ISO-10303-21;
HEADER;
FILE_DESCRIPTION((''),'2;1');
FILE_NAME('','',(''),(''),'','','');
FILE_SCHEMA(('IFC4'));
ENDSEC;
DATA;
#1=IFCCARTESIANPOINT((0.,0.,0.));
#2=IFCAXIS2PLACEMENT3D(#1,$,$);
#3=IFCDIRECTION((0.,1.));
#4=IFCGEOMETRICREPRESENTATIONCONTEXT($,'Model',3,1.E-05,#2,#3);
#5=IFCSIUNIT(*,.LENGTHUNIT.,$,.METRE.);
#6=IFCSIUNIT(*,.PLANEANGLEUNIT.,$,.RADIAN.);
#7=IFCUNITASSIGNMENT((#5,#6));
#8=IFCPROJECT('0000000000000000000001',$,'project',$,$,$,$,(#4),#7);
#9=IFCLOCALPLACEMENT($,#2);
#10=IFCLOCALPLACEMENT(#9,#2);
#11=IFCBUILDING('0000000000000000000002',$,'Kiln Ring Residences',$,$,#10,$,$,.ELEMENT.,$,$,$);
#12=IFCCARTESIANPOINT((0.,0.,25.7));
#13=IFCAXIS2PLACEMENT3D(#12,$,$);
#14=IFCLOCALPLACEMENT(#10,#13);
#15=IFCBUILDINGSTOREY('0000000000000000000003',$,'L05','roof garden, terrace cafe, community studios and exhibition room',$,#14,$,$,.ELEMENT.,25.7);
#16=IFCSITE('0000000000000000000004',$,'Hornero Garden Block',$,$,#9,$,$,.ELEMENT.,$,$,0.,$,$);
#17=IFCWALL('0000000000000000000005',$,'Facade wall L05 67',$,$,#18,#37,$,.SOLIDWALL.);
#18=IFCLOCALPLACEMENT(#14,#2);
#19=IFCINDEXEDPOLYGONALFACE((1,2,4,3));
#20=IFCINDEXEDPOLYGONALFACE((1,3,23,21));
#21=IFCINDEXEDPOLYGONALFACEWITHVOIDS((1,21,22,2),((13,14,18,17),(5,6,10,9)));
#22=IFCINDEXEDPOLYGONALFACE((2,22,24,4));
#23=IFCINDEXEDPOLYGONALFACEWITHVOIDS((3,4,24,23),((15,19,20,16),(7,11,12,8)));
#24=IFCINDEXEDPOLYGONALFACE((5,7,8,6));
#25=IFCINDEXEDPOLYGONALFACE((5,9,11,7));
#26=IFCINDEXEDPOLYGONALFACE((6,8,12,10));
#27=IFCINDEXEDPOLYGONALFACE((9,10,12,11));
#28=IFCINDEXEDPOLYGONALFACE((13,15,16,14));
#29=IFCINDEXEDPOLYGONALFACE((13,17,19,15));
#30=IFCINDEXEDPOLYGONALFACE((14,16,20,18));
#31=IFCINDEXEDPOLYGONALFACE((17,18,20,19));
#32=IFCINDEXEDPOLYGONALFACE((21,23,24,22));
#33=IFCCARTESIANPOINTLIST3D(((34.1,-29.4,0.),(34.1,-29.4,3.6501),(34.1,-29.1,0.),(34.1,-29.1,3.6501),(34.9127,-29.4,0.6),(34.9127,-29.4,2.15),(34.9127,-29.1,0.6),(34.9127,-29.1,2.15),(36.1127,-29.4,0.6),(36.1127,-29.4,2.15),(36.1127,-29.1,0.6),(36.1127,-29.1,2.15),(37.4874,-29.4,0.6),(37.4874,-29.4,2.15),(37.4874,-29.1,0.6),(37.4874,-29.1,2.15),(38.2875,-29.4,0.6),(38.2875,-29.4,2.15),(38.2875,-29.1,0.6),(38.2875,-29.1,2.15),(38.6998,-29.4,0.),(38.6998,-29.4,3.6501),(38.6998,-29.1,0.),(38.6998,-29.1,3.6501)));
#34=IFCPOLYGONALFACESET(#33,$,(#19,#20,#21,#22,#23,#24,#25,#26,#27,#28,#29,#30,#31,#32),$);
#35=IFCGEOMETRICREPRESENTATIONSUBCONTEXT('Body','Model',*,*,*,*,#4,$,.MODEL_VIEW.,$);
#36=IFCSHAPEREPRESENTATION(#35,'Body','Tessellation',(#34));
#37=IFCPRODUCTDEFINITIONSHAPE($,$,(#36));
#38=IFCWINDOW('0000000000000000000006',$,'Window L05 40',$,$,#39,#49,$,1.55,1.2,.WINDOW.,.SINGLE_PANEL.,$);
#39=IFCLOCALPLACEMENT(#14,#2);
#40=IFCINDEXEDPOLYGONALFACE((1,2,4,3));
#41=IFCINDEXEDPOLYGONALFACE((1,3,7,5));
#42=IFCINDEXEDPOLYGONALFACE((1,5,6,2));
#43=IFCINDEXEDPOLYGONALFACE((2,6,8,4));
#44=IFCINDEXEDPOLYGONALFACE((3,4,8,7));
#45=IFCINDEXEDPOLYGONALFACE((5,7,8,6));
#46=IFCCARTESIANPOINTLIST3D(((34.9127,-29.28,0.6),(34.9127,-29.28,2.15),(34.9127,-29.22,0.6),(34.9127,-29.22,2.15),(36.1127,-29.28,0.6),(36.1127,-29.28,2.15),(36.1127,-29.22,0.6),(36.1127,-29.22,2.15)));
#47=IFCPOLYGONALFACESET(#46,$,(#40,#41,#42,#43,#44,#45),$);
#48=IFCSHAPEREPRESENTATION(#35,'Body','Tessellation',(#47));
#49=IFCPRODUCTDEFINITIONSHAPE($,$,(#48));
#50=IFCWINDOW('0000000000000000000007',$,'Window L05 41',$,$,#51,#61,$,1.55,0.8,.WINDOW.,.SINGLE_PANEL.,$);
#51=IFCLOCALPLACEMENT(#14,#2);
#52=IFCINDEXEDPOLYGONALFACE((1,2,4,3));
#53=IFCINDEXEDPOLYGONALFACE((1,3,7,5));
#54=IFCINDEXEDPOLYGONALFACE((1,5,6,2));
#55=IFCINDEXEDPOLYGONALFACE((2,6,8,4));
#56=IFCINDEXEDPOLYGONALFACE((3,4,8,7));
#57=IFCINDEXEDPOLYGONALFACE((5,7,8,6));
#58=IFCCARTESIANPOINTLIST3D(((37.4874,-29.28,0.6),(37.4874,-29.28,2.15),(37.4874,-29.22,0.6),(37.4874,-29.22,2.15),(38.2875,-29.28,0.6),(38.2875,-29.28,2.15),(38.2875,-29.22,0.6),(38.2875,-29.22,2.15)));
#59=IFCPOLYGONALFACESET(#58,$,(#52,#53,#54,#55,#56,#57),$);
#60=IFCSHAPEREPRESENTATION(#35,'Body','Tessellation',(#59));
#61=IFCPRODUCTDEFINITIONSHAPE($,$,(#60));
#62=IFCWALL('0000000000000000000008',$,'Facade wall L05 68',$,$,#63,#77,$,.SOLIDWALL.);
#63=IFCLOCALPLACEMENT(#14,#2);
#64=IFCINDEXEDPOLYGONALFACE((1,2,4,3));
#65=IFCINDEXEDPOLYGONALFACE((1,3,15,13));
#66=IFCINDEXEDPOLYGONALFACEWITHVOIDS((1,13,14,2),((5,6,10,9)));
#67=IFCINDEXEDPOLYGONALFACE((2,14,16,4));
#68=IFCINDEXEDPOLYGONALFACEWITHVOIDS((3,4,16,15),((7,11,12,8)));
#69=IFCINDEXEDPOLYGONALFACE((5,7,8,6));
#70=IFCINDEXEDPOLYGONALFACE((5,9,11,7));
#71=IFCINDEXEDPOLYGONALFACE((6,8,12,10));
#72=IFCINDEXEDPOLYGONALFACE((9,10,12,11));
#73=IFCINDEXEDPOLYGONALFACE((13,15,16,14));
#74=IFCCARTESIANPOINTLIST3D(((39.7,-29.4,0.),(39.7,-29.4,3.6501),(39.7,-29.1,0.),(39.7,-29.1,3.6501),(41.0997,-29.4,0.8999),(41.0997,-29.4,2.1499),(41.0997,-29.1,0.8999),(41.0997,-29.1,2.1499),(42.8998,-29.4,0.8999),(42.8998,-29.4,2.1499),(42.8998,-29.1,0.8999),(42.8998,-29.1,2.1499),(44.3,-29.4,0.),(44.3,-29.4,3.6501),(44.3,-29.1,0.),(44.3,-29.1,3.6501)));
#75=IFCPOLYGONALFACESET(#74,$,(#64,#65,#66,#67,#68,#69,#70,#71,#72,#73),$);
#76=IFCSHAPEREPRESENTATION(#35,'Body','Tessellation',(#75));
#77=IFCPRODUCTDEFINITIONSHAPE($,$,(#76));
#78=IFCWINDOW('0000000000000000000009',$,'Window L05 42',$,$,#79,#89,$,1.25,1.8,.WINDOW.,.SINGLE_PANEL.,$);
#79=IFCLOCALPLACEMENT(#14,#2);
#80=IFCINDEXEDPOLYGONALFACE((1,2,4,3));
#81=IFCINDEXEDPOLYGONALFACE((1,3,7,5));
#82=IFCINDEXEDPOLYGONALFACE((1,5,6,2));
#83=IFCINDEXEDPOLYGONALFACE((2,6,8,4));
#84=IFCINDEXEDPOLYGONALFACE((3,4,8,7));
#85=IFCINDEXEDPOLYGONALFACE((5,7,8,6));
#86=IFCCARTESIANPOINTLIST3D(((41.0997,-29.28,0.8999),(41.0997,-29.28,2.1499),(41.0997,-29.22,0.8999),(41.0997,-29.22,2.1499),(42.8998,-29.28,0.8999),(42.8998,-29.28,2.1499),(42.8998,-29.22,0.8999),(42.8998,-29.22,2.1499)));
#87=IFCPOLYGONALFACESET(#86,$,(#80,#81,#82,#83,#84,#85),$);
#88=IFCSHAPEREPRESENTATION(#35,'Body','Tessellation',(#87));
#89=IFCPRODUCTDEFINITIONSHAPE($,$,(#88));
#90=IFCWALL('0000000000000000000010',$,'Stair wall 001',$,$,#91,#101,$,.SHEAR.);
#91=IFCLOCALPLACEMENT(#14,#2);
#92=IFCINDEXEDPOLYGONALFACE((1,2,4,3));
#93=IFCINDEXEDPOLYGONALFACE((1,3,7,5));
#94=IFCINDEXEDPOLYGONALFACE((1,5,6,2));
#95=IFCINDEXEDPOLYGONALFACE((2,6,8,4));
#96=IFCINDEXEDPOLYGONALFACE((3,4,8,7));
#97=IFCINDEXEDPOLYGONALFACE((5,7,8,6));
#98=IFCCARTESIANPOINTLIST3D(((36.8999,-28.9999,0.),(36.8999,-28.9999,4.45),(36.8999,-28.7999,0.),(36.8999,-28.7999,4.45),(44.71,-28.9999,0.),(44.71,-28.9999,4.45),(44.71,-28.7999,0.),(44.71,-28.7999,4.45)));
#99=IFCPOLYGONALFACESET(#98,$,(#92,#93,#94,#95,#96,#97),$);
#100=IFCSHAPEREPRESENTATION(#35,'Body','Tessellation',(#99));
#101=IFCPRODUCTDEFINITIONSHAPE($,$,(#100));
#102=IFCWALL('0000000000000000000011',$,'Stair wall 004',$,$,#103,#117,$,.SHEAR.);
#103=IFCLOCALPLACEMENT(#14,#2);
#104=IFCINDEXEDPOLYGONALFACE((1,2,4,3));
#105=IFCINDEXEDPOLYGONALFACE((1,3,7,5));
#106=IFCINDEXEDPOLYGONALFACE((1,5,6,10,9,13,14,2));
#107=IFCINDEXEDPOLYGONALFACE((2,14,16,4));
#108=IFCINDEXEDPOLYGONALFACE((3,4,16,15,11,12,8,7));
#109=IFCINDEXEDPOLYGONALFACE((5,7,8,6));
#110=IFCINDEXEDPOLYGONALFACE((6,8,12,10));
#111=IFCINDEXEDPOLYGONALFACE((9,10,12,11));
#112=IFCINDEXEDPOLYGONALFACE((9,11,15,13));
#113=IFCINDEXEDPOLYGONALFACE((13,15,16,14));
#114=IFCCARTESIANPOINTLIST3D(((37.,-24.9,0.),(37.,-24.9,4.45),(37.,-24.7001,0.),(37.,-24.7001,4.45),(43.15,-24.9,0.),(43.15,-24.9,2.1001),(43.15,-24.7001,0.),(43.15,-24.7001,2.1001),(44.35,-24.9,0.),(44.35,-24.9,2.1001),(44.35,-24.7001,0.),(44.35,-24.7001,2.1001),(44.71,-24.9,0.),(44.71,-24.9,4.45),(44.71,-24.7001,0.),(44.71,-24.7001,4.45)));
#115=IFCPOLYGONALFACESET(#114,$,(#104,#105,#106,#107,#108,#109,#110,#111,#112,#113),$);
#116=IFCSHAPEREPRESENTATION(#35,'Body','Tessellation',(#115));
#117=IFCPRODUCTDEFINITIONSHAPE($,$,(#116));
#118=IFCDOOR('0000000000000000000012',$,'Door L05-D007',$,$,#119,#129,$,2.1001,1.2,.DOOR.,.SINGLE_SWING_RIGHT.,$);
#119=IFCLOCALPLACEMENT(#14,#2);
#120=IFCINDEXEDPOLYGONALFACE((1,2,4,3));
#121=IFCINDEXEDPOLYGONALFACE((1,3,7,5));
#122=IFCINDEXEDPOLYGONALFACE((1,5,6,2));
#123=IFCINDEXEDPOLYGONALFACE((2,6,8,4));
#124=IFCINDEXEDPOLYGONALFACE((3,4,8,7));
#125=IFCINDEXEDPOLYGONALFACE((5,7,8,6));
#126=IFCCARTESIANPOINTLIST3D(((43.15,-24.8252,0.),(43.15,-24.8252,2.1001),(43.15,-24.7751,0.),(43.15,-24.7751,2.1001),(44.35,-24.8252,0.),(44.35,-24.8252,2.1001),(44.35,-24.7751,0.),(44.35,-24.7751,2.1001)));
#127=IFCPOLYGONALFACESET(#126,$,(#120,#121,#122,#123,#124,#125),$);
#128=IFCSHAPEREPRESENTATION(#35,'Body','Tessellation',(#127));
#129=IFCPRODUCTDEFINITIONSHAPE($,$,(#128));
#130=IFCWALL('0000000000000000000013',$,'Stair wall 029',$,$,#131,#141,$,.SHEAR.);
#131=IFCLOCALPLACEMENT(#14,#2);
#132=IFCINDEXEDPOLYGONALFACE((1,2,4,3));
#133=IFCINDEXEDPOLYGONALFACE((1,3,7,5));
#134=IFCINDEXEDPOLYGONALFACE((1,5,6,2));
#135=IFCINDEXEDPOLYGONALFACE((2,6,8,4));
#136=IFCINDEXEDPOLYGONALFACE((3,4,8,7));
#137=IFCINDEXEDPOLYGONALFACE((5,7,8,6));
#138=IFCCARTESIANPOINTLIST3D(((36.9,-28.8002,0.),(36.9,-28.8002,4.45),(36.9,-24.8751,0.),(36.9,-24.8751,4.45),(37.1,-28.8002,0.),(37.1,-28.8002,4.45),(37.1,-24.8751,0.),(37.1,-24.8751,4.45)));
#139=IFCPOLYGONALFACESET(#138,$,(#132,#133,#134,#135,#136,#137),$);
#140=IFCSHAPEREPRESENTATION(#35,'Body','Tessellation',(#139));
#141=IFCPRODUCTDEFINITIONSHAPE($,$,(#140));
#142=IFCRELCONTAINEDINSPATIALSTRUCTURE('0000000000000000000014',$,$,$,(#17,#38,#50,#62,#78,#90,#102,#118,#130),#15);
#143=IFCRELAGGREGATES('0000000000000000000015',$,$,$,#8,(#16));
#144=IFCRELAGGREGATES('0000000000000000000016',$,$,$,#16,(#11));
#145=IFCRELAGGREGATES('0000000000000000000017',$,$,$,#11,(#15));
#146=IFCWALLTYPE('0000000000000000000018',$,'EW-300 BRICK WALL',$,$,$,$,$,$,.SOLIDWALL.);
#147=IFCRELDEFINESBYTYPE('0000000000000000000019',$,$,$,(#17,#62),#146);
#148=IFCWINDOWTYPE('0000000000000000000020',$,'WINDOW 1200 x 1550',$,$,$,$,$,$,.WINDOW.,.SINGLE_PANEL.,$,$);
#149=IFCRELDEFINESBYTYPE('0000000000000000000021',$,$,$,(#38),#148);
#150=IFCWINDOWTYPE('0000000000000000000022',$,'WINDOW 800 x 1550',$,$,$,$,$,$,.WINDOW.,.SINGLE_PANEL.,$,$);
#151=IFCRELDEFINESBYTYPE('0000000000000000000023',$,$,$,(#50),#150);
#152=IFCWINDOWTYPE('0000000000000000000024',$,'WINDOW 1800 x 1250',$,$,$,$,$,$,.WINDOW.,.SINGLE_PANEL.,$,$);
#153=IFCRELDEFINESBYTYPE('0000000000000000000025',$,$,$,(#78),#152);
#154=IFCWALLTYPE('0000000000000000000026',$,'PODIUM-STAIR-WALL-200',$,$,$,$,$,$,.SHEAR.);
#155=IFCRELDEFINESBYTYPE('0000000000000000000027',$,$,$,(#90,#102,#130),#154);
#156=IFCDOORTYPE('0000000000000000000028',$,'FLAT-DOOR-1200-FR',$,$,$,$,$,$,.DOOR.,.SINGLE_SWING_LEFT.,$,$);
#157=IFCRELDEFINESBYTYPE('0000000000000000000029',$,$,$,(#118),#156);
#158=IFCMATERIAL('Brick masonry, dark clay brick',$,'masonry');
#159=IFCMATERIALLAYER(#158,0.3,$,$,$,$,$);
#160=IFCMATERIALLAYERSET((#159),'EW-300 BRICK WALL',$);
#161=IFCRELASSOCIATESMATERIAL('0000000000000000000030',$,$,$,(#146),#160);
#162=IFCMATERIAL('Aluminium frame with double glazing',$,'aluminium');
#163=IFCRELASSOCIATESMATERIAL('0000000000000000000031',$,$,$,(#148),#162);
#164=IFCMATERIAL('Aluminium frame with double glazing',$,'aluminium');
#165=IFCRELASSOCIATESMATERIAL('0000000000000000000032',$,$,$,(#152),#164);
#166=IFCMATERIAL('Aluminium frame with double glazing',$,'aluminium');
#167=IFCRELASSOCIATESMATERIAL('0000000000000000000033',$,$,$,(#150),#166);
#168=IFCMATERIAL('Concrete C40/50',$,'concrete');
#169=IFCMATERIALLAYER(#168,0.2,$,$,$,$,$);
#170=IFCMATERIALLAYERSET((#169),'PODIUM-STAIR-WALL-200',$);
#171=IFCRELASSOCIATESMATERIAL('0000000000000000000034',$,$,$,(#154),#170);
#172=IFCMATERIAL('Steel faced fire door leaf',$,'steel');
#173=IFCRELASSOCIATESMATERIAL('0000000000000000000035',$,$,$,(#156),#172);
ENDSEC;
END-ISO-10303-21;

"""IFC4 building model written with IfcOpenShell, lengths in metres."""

from ifc_helpers import new_model, si_unit, direction, frame, frame_2d, origin, place, context, subcontext, project, spatial, rectangle, extrude, material, layer, layer_set, type_object, element, fill, save


model = new_model("IFC4")

# Units and contexts
model_context = context("Model", 3, precision=1e-05, world=origin(), true_north=direction((0.0, 1.0)))
body_context = subcontext(model_context, "Body", "Model", "MODEL_VIEW")
ifc_project = project(units=[si_unit("LENGTHUNIT", "METRE"), si_unit("PLANEANGLEUNIT", "RADIAN")], contexts=[model_context])

# Site, building, storey
site_placement = place(None, origin())
site = spatial("IfcSite", under=ifc_project, at=site_placement, Name="Hornero Garden Block", CompositionType="ELEMENT", RefElevation=0.0)
building_placement = place(site_placement, origin())
building = spatial("IfcBuilding", under=site, at=building_placement, Name="Kiln Ring Residences", CompositionType="ELEMENT")
storey_placement = place(building_placement, frame((0.0, 0.0, 25.7)))
storey = spatial("IfcBuildingStorey", under=building, at=storey_placement, Name="L05", Description="roof garden, terrace cafe, community studios and exhibition room", CompositionType="ELEMENT", Elevation=25.7)

# Shared definitions
ifc_material_1 = material(Name="Brick masonry, dark clay brick", Category="masonry")
ifc_layer_1 = layer(ifc_material_1, 0.3)
ifc_layer_set_1 = layer_set([ifc_layer_1], Name="EW-300 BRICK WALL")
wall_type_1 = type_object("IfcWallType", Name="EW-300 BRICK WALL", PredefinedType="SOLIDWALL", material=ifc_layer_set_1)
ifc_material_2 = material(Name="Aluminium frame with double glazing", Category="aluminium")
window_type_1 = type_object("IfcWindowType", Name="WINDOW 1200 x 1550", PartitioningType="SINGLE_PANEL", PredefinedType="WINDOW", material=ifc_material_2)

# Shared definitions
ifc_material_3 = material(Name="Aluminium frame with double glazing", Category="aluminium")
window_type_2 = type_object("IfcWindowType", Name="WINDOW 1800 x 1250", PartitioningType="SINGLE_PANEL", PredefinedType="WINDOW", material=ifc_material_3)

# Wall, openings, windows
wall_1_placement = place(storey_placement, frame((34.1001, -29.25, 0.0), z_axis=(0.0, 0.0, 1.0), x_axis=(1.0, 0.0, 0.0)))
wall_1 = element("IfcWall", 1, at=wall_1_placement, inside=storey, type_object=wall_type_1, Name="Facade wall L05 67", PredefinedType="SOLIDWALL", context=body_context, shape_type="SweptSolid", body=[
    extrude(rectangle(XDim=4.5999, YDim=0.3, at=frame_2d((2.2998, 0.0))), origin(), (0.0, 0.0, 1.0), 3.6501),
])
opening_1_placement = place(wall_1_placement, frame((0.8125, 0.0, 0.6001)))
opening_1 = element("IfcOpeningElement", 2, at=opening_1_placement, cuts=wall_1, PredefinedType="OPENING", context=body_context, shape_type="SweptSolid", body=[
    extrude(rectangle(XDim=1.2, YDim=1.55, at=frame_2d((0.6001, 0.7749))), frame((0.0, 0.1599, 0.0), z_axis=(0.0, -1.0, 0.0), x_axis=(1.0, 0.0, 0.0)), (0.0, 0.0, 1.0), 0.3201),
])
opening_2_placement = place(wall_1_placement, frame((3.3875, 0.0, 0.6001)))
opening_2 = element("IfcOpeningElement", 3, at=opening_2_placement, cuts=wall_1, PredefinedType="OPENING", context=body_context, shape_type="SweptSolid", body=[
    extrude(rectangle(XDim=0.8, YDim=1.55, at=frame_2d((0.3999, 0.7749))), frame((0.0, 0.1599, 0.0), z_axis=(0.0, -1.0, 0.0), x_axis=(1.0, 0.0, 0.0)), (0.0, 0.0, 1.0), 0.3201),
])
window_1_placement = place(opening_1_placement, origin())
window_1 = element("IfcWindow", 4, at=window_1_placement, inside=storey, type_object=window_type_1, Name="Window L05 40", OverallHeight=1.55, OverallWidth=1.2, PartitioningType="SINGLE_PANEL", PredefinedType="WINDOW", context=body_context, shape_type="SweptSolid", body=[
    extrude(rectangle(XDim=1.2, YDim=1.55, at=frame_2d((0.6001, 0.7749))), frame((0.0, 0.03, 0.0), z_axis=(0.0, -1.0, 0.0), x_axis=(1.0, 0.0, 0.0)), (0.0, 0.0, 1.0), 0.0601),
])
fill(opening_1, window_1)
ifc_material_4 = material(Name="Aluminium frame with double glazing", Category="aluminium")
window_type_3 = type_object("IfcWindowType", Name="WINDOW 800 x 1550", PartitioningType="SINGLE_PANEL", PredefinedType="WINDOW", material=ifc_material_4)
window_2_placement = place(opening_2_placement, origin())
window_2 = element("IfcWindow", 5, at=window_2_placement, inside=storey, type_object=window_type_3, Name="Window L05 41", OverallHeight=1.55, OverallWidth=0.8, PartitioningType="SINGLE_PANEL", PredefinedType="WINDOW", context=body_context, shape_type="SweptSolid", body=[
    extrude(rectangle(XDim=0.8, YDim=1.55, at=frame_2d((0.3999, 0.7749))), frame((0.0, 0.03, 0.0), z_axis=(0.0, -1.0, 0.0), x_axis=(1.0, 0.0, 0.0)), (0.0, 0.0, 1.0), 0.0601),
])
fill(opening_2, window_2)

# Wall, opening, window
wall_2_placement = place(storey_placement, frame((39.7, -29.25, 0.0), z_axis=(0.0, 0.0, 1.0), x_axis=(1.0, 0.0, 0.0)))
wall_2 = element("IfcWall", 6, at=wall_2_placement, inside=storey, type_object=wall_type_1, Name="Facade wall L05 68", PredefinedType="SOLIDWALL", context=body_context, shape_type="SweptSolid", body=[
    extrude(rectangle(XDim=4.6001, YDim=0.3, at=frame_2d((2.3, 0.0))), origin(), (0.0, 0.0, 1.0), 3.6501),
])
opening_3_placement = place(wall_2_placement, frame((1.3999, 0.0, 0.8999)))
opening_3 = element("IfcOpeningElement", 7, at=opening_3_placement, cuts=wall_2, PredefinedType="OPENING", context=body_context, shape_type="SweptSolid", body=[
    extrude(rectangle(XDim=1.8, YDim=1.25, at=frame_2d((0.8999, 0.625))), frame((0.0, 0.1599, 0.0), z_axis=(0.0, -1.0, 0.0), x_axis=(1.0, 0.0, 0.0)), (0.0, 0.0, 1.0), 0.3201),
])
window_3_placement = place(opening_3_placement, origin())
window_3 = element("IfcWindow", 8, at=window_3_placement, inside=storey, type_object=window_type_2, Name="Window L05 42", OverallHeight=1.25, OverallWidth=1.8, PartitioningType="SINGLE_PANEL", PredefinedType="WINDOW", context=body_context, shape_type="SweptSolid", body=[
    extrude(rectangle(XDim=1.8, YDim=1.25, at=frame_2d((0.8999, 0.625))), frame((0.0, 0.03, 0.0), z_axis=(0.0, -1.0, 0.0), x_axis=(1.0, 0.0, 0.0)), (0.0, 0.0, 1.0), 0.0601),
])
fill(opening_3, window_3)

# Wall
ifc_material_5 = material(Name="Concrete C40/50", Category="concrete")
ifc_layer_2 = layer(ifc_material_5, 0.2)
ifc_layer_set_2 = layer_set([ifc_layer_2], Name="PODIUM-STAIR-WALL-200")
wall_type_2 = type_object("IfcWallType", Name="PODIUM-STAIR-WALL-200", PredefinedType="SHEAR", material=ifc_layer_set_2)
wall_3_placement = place(storey_placement, frame((36.8999, -28.8999, 0.0), z_axis=(0.0, 0.0, 1.0), x_axis=(1.0, 0.0, 0.0)))
element("IfcWall", 9, at=wall_3_placement, inside=storey, type_object=wall_type_2, Name="Stair wall 001", PredefinedType="SHEAR", context=body_context, shape_type="SweptSolid", body=[
    extrude(rectangle(XDim=7.8101, YDim=0.2, at=frame_2d((3.905, 0.0))), origin(), (0.0, 0.0, 1.0), 4.45),
])

# Wall, opening, door
wall_4_placement = place(storey_placement, frame((37.0, -24.8, 0.0), z_axis=(0.0, 0.0, 1.0), x_axis=(1.0, 0.0, 0.0)))
wall_4 = element("IfcWall", 10, at=wall_4_placement, inside=storey, type_object=wall_type_2, Name="Stair wall 004", PredefinedType="SHEAR", context=body_context, shape_type="SweptSolid", body=[
    extrude(rectangle(XDim=7.71, YDim=0.2, at=frame_2d((3.855, 0.0))), origin(), (0.0, 0.0, 1.0), 4.45),
])
opening_4_placement = place(wall_4_placement, frame((6.1499, 0.0, 0.0)))
opening_4 = element("IfcOpeningElement", 11, at=opening_4_placement, cuts=wall_4, PredefinedType="OPENING", context=body_context, shape_type="SweptSolid", body=[
    extrude(rectangle(XDim=1.2, YDim=2.1001, at=frame_2d((0.6001, 1.05))), frame((0.0, 0.1099, 0.0), z_axis=(0.0, -1.0, 0.0), x_axis=(1.0, 0.0, 0.0)), (0.0, 0.0, 1.0), 0.22),
])
ifc_material_6 = material(Name="Steel faced fire door leaf", Category="steel")
door_type = type_object("IfcDoorType", Name="FLAT-DOOR-1200-FR", OperationType="SINGLE_SWING_LEFT", PredefinedType="DOOR", material=ifc_material_6)
door_placement = place(opening_4_placement, origin())
door = element("IfcDoor", 12, at=door_placement, inside=storey, type_object=door_type, Name="Door L05-D007", OperationType="SINGLE_SWING_RIGHT", OverallHeight=2.1001, OverallWidth=1.2, PredefinedType="DOOR", context=body_context, shape_type="SweptSolid", body=[
    extrude(rectangle(XDim=1.2, YDim=2.1001, at=frame_2d((0.6001, 1.05))), frame((0.0, 0.0249, 0.0), z_axis=(0.0, -1.0, 0.0), x_axis=(1.0, 0.0, 0.0)), (0.0, 0.0, 1.0), 0.05),
])
fill(opening_4, door)

# Wall
wall_5_placement = place(storey_placement, frame((37.0, -28.8, 0.0), z_axis=(0.0, 0.0, 1.0), x_axis=(0.0, 1.0, 0.0)))
element("IfcWall", 13, at=wall_5_placement, inside=storey, type_object=wall_type_2, Name="Stair wall 029", PredefinedType="SHEAR", context=body_context, shape_type="SweptSolid", body=[
    extrude(rectangle(XDim=3.925, YDim=0.2, at=frame_2d((1.9624, 0.0))), origin(), (0.0, 0.0, 1.0), 4.45),
])

save(model, "model.ifc")
